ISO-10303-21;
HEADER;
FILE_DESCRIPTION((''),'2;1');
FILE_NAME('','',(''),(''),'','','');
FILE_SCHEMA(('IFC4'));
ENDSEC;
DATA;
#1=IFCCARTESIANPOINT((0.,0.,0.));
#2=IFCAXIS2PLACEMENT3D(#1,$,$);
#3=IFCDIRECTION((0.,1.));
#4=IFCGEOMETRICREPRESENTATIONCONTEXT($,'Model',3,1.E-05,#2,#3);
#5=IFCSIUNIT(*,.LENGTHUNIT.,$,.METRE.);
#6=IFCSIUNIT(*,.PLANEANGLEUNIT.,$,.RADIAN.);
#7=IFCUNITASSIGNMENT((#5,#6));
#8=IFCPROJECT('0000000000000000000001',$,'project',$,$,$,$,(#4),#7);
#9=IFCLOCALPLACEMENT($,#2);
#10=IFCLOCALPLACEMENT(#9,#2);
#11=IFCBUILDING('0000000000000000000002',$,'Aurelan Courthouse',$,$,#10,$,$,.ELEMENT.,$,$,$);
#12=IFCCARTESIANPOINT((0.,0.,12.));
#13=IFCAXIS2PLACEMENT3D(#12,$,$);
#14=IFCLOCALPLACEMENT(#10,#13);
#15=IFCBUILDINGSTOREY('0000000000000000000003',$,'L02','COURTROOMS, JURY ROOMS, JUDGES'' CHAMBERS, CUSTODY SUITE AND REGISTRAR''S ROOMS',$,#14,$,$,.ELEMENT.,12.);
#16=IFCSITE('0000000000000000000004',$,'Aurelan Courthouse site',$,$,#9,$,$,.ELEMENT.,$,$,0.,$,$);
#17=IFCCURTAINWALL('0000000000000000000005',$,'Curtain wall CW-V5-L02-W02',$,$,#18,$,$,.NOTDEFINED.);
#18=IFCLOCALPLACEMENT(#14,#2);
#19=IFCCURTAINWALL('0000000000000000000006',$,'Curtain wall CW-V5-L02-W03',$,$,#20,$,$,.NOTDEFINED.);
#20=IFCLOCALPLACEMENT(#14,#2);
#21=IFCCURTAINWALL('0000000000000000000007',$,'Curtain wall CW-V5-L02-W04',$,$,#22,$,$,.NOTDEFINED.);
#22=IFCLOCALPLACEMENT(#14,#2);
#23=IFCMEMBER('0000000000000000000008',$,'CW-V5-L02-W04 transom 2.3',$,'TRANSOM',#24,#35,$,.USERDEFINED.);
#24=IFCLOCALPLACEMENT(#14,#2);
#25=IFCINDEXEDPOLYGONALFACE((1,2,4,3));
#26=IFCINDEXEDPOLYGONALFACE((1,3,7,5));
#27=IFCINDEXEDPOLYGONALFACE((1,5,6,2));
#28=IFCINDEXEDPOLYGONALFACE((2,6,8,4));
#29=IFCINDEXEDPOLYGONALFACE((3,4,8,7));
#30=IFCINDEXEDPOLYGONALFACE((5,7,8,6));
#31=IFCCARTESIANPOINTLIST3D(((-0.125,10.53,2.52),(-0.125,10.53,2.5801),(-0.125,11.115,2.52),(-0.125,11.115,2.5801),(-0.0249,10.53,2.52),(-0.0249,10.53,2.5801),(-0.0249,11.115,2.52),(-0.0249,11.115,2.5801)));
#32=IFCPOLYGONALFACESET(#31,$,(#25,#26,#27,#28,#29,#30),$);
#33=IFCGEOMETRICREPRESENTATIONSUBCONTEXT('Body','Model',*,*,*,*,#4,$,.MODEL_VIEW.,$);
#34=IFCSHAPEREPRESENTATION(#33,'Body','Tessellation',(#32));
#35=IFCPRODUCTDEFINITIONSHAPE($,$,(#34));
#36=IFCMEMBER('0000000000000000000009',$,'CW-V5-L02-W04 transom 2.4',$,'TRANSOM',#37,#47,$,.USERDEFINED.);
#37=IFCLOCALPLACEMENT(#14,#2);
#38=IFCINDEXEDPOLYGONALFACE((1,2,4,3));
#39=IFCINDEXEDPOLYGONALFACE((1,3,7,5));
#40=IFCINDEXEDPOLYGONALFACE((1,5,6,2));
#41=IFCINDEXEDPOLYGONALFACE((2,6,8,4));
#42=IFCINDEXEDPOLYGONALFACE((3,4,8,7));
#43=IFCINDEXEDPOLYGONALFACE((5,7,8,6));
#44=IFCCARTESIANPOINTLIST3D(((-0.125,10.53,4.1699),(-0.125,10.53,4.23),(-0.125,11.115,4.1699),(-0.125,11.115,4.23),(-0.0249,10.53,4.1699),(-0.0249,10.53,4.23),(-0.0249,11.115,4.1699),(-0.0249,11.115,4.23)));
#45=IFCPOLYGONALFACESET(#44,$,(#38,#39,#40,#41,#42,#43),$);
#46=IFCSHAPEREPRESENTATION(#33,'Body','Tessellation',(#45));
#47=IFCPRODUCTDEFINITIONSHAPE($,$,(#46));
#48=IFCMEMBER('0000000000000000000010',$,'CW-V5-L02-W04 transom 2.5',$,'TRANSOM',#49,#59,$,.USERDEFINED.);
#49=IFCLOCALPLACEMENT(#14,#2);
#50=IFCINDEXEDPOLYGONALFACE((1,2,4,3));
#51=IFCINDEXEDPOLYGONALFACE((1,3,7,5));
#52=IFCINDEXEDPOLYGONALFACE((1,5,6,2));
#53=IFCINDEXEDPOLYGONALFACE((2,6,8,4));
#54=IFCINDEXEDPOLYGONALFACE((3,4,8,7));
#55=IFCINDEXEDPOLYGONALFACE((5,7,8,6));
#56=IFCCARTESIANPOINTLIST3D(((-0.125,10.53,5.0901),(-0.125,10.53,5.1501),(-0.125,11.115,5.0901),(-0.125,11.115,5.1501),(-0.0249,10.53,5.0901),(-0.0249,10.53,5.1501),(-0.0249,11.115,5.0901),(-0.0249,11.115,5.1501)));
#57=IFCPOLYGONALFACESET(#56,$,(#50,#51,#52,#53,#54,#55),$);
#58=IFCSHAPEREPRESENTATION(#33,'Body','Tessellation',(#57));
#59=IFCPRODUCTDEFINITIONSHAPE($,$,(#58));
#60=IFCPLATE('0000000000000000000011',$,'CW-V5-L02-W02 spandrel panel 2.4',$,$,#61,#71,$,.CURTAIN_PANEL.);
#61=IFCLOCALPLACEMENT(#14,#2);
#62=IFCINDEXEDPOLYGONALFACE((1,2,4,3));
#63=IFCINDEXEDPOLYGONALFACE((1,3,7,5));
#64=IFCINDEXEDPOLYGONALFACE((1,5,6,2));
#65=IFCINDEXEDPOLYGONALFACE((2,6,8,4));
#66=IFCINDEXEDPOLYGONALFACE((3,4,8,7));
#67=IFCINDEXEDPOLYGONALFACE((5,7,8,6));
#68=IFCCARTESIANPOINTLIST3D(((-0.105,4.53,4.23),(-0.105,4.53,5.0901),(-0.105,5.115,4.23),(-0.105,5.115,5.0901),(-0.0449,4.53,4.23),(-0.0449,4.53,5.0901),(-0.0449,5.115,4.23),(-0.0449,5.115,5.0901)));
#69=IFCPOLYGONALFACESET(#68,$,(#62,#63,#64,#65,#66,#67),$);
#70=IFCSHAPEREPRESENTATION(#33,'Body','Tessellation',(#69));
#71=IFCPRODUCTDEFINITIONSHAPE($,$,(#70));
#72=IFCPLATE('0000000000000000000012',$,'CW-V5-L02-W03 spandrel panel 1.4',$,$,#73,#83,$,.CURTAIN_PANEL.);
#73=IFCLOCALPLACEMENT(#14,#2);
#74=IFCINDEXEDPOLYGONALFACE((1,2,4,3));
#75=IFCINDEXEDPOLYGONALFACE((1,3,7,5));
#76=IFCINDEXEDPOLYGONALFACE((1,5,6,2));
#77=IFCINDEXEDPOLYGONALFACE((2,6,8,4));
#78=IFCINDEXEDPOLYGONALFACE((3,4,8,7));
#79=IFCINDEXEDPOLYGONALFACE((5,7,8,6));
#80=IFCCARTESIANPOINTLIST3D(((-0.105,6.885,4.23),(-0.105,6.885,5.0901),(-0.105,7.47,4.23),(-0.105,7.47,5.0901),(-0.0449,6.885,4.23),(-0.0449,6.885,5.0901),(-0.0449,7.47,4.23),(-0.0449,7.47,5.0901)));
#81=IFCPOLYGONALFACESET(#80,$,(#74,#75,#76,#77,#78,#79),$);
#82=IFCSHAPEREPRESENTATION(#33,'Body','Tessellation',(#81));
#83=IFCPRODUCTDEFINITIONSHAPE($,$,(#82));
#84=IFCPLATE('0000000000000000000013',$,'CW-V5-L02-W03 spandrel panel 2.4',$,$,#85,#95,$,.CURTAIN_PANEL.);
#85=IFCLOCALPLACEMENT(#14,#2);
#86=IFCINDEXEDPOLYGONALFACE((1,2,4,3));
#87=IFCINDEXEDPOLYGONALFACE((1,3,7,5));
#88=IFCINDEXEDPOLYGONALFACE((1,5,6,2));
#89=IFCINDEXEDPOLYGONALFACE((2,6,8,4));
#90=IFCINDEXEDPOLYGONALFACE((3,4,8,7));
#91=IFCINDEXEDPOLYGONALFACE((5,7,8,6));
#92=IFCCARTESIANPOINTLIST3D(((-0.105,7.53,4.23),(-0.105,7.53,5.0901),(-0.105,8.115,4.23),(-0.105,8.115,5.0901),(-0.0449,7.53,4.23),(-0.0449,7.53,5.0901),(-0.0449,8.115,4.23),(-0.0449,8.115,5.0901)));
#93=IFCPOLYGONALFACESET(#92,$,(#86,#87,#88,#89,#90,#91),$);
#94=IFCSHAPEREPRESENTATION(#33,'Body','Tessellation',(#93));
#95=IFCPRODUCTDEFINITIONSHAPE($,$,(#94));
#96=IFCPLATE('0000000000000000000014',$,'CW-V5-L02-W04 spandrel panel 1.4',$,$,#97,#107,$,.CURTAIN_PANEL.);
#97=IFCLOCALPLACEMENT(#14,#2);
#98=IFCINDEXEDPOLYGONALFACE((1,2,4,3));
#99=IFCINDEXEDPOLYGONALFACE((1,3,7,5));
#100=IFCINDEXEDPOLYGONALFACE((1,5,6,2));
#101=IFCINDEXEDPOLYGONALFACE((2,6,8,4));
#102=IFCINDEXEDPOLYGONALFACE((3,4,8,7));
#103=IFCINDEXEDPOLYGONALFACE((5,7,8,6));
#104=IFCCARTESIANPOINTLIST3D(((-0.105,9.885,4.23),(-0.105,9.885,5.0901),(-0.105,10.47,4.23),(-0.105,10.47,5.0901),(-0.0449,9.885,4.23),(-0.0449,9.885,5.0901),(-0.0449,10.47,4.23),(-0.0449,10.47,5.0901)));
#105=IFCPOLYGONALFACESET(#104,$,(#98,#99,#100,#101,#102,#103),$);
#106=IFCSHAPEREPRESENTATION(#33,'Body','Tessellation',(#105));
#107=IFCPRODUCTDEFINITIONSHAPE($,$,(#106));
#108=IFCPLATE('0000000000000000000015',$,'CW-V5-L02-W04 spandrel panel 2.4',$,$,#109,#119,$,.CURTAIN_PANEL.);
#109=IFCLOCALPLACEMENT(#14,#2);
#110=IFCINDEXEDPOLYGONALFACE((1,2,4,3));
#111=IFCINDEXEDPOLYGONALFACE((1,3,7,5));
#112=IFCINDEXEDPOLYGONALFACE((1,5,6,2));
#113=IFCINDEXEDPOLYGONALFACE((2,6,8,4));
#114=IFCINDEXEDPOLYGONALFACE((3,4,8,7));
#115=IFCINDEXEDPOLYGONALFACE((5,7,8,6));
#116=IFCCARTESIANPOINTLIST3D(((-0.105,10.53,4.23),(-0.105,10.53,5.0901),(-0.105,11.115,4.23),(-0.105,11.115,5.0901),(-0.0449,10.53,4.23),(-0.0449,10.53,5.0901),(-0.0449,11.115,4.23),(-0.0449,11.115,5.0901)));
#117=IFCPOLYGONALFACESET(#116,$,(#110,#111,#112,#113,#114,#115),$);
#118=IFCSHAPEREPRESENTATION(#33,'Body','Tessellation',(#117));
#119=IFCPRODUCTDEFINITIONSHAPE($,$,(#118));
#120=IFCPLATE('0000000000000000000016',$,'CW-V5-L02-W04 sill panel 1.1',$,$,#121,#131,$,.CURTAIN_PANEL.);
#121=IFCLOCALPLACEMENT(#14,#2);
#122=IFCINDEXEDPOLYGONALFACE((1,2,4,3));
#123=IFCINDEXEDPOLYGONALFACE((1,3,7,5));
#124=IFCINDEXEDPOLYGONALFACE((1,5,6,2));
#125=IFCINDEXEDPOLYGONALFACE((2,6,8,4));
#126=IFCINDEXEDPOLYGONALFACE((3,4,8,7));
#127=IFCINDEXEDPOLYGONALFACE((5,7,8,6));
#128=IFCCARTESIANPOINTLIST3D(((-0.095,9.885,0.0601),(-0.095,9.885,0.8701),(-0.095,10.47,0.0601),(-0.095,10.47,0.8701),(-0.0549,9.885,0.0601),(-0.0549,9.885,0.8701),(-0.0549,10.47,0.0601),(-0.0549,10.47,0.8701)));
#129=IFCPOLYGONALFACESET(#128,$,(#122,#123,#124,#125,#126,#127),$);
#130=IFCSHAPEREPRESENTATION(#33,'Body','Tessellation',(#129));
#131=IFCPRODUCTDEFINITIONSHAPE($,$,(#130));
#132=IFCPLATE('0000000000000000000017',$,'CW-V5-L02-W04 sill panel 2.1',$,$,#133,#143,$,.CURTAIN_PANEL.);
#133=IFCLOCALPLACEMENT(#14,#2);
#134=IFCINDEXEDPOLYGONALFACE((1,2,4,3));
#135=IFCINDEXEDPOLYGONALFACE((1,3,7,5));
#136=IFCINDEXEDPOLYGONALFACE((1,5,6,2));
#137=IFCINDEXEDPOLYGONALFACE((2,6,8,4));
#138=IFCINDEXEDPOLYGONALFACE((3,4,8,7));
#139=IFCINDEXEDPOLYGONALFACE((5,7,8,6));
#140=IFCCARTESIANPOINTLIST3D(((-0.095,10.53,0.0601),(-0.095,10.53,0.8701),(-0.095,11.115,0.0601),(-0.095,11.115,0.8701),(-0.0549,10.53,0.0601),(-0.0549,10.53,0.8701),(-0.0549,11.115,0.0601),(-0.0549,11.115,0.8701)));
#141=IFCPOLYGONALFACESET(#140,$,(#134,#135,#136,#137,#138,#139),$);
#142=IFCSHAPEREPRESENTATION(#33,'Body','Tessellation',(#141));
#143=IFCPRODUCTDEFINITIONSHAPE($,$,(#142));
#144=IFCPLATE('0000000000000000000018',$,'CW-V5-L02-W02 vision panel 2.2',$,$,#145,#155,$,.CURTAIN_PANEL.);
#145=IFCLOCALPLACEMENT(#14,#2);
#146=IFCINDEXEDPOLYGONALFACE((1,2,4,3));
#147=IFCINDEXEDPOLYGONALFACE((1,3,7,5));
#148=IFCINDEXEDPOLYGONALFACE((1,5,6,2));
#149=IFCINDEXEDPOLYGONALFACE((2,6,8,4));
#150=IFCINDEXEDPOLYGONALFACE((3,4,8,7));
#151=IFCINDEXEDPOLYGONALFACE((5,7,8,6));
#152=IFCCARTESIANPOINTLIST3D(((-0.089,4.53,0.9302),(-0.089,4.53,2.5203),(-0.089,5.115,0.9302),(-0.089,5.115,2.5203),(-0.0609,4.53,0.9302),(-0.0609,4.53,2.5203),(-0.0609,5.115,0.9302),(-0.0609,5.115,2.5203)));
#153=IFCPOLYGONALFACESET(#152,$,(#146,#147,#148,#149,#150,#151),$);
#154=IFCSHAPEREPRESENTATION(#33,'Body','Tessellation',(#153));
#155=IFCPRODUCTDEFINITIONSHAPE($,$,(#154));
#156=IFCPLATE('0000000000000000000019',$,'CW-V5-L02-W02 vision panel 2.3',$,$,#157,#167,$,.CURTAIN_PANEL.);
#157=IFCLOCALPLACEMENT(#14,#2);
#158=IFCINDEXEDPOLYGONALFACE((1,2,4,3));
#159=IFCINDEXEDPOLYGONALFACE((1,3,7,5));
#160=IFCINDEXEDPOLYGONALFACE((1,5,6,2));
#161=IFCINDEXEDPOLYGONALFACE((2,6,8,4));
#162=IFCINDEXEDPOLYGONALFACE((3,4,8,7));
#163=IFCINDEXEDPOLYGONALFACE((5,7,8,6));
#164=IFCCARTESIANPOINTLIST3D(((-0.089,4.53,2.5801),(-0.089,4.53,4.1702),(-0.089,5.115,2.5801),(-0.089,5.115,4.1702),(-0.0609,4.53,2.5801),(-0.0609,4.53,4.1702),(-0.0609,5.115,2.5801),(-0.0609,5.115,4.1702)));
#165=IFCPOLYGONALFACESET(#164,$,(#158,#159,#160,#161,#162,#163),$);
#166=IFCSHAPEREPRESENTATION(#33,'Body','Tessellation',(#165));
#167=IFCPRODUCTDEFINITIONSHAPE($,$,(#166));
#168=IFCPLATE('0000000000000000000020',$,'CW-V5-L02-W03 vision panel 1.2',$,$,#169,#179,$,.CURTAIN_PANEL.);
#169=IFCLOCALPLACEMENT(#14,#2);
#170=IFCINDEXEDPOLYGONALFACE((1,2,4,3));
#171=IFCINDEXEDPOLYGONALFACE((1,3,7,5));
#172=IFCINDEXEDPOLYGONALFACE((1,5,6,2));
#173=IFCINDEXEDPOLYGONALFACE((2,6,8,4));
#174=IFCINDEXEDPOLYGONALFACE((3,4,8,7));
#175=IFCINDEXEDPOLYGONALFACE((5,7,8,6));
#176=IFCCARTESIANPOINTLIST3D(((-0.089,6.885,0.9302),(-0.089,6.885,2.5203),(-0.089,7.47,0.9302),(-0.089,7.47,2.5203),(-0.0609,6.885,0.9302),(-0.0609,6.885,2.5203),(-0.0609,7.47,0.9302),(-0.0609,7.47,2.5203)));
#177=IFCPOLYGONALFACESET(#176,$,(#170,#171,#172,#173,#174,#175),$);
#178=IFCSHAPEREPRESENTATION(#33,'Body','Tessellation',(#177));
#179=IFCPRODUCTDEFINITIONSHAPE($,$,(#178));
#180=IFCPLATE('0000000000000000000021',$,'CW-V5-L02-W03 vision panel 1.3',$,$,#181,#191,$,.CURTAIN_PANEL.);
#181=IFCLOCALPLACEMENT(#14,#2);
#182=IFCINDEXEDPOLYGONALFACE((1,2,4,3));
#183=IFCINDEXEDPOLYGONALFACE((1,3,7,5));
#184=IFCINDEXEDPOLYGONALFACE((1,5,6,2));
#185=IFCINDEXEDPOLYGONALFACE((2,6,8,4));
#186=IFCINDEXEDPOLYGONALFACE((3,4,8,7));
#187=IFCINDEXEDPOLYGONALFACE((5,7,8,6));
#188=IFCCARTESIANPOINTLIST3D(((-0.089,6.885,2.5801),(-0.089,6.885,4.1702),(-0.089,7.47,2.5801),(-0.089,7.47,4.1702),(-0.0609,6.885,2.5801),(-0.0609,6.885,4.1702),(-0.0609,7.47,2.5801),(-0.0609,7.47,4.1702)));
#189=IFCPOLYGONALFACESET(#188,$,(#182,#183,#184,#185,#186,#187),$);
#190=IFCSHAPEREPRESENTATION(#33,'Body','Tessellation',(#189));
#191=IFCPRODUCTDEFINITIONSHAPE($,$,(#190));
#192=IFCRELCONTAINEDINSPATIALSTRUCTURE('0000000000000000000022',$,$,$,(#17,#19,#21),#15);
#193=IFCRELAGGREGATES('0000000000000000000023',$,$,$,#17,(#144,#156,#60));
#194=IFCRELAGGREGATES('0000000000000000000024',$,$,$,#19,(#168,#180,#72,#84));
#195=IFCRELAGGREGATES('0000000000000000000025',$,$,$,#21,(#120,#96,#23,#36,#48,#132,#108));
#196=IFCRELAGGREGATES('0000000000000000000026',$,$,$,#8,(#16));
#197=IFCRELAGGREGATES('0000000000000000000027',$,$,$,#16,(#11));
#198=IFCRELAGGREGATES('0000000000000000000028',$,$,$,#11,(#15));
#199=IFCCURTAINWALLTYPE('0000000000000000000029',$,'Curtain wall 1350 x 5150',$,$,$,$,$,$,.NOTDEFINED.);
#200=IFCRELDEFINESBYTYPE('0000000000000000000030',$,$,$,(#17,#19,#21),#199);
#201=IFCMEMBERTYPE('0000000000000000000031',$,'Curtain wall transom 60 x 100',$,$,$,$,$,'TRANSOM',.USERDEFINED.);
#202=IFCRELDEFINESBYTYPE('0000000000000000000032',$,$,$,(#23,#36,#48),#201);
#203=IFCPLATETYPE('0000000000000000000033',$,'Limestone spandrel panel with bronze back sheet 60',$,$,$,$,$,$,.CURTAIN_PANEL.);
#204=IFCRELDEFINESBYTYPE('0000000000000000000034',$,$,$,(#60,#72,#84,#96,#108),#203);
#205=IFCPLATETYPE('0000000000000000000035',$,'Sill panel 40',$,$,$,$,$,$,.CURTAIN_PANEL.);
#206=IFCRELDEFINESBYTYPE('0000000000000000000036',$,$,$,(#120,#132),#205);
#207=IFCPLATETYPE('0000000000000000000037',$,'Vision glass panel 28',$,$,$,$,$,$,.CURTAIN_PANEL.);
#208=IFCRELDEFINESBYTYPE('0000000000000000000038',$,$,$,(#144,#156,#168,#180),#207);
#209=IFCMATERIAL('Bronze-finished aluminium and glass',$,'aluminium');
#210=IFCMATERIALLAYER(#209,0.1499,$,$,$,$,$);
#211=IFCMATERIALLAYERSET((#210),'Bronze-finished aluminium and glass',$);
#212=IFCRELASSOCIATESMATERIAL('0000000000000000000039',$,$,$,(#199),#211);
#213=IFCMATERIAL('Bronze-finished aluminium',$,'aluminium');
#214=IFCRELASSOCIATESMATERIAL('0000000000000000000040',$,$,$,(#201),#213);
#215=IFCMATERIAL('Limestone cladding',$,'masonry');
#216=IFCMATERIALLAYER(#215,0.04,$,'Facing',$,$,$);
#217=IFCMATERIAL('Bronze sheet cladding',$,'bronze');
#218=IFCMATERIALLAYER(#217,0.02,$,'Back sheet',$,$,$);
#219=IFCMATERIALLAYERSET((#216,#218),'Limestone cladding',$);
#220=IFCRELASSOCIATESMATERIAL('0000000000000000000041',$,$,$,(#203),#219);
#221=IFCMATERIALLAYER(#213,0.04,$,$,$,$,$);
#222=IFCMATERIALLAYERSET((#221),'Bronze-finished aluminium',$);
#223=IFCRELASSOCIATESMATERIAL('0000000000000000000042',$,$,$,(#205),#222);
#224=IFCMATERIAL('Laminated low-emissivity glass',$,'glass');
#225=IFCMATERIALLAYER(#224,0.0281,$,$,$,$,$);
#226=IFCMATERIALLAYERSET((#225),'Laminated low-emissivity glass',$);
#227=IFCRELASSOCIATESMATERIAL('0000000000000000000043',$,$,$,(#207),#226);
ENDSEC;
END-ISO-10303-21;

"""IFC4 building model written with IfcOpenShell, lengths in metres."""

from ifc_helpers import new_model, si_unit, direction, frame, origin, origin_2d, place, context, subcontext, project, spatial, rectangle, extrude, material, layer, layer_set, material_profile, profile_set, type_object, element, aggregate, save


model = new_model("IFC4")

# Units and contexts
model_context = context("Model", 3, precision=1e-05, world=origin(), true_north=direction((0.0, 1.0)))
body_context = subcontext(model_context, "Body", "Model", "MODEL_VIEW")
ifc_project = project(units=[si_unit("LENGTHUNIT", "METRE"), si_unit("PLANEANGLEUNIT", "RADIAN")], contexts=[model_context])

# Site, building, storey
site_placement = place(None, origin())
site = spatial("IfcSite", under=ifc_project, at=site_placement, Name="Aurelan Courthouse site", CompositionType="ELEMENT", RefElevation=0.0)
building_placement = place(site_placement, origin())
building = spatial("IfcBuilding", under=site, at=building_placement, Name="Aurelan Courthouse", CompositionType="ELEMENT")
storey_placement = place(building_placement, frame((0.0, 0.0, 12.0)))
storey = spatial("IfcBuildingStorey", under=building, at=storey_placement, Name="L02", Description="COURTROOMS, JURY ROOMS, JUDGES' CHAMBERS, CUSTODY SUITE AND REGISTRAR'S ROOMS", CompositionType="ELEMENT", Elevation=12.0)

# Curtain walls, members
ifc_material_1 = material(Name="Bronze-finished aluminium and glass", Category="aluminium")
ifc_layer_1 = layer(ifc_material_1, 0.1499)
ifc_layer_set_1 = layer_set([ifc_layer_1], Name="Bronze-finished aluminium and glass")
curtain_wall_type = type_object("IfcCurtainWallType", Name="Curtain wall 1350 x 5150", PredefinedType="NOTDEFINED", material=ifc_layer_set_1)
curtain_wall_1_placement = place(storey_placement, origin())
curtain_wall_1 = element("IfcCurtainWall", 1, at=curtain_wall_1_placement, inside=storey, type_object=curtain_wall_type, Name="Curtain wall CW-V5-L02-W02", PredefinedType="NOTDEFINED")
ifc_material_2 = material(Name="Bronze-finished aluminium", Category="aluminium")
ifc_material_profile = material_profile(ifc_material_2, rectangle(XDim=0.1001, YDim=0.0601, at=origin_2d()), Name="Bronze transom 60 x 100")
ifc_profile_set = profile_set([ifc_material_profile], Name="Bronze-finished aluminium")
member_type = type_object("IfcMemberType", Name="Curtain wall transom 60 x 100", ElementType="TRANSOM", PredefinedType="USERDEFINED", material=ifc_profile_set)
curtain_wall_2_placement = place(storey_placement, origin())
curtain_wall_2 = element("IfcCurtainWall", 2, at=curtain_wall_2_placement, inside=storey, type_object=curtain_wall_type, Name="Curtain wall CW-V5-L02-W03", PredefinedType="NOTDEFINED")
curtain_wall_3_placement = place(storey_placement, origin())
curtain_wall_3 = element("IfcCurtainWall", 3, at=curtain_wall_3_placement, inside=storey, type_object=curtain_wall_type, Name="Curtain wall CW-V5-L02-W04", PredefinedType="NOTDEFINED")
member_1_placement = place(storey_placement, frame((-0.075, 10.53, 2.55), z_axis=(0.0, 1.0, 0.0), x_axis=(-1.0, 0.0, 0.0)))
member_1 = element("IfcMember", 4, at=member_1_placement, type_object=member_type, Name="CW-V5-L02-W04 transom 2.3", ObjectType="TRANSOM", PredefinedType="USERDEFINED", context=body_context, shape_type="SweptSolid", body=[
    extrude(rectangle(XDim=0.1001, YDim=0.0601, at=origin_2d()), origin(), (0.0, 0.0, 1.0), 0.585),
])
member_2_placement = place(storey_placement, frame((-0.075, 10.53, 4.2), z_axis=(0.0, 1.0, 0.0), x_axis=(-1.0, 0.0, 0.0)))
member_2 = element("IfcMember", 5, at=member_2_placement, type_object=member_type, Name="CW-V5-L02-W04 transom 2.4", ObjectType="TRANSOM", PredefinedType="USERDEFINED", context=body_context, shape_type="SweptSolid", body=[
    extrude(rectangle(XDim=0.1001, YDim=0.0601, at=origin_2d()), origin(), (0.0, 0.0, 1.0), 0.585),
])
member_3_placement = place(storey_placement, frame((-0.075, 10.53, 5.1201), z_axis=(0.0, 1.0, 0.0), x_axis=(-1.0, 0.0, 0.0)))
member_3 = element("IfcMember", 6, at=member_3_placement, type_object=member_type, Name="CW-V5-L02-W04 transom 2.5", ObjectType="TRANSOM", PredefinedType="USERDEFINED", context=body_context, shape_type="SweptSolid", body=[
    extrude(rectangle(XDim=0.1001, YDim=0.0601, at=origin_2d()), origin(), (0.0, 0.0, 1.0), 0.585),
])

# Plates
ifc_material_3 = material(Name="Limestone cladding", Category="masonry")
ifc_layer_2 = layer(ifc_material_3, 0.04, Name="Facing")
ifc_material_4 = material(Name="Bronze sheet cladding", Category="bronze")
ifc_layer_3 = layer(ifc_material_4, 0.02, Name="Back sheet")
ifc_layer_set_2 = layer_set([ifc_layer_2, ifc_layer_3], Name="Limestone cladding")
plate_type_1 = type_object("IfcPlateType", Name="Limestone spandrel panel with bronze back sheet 60", PredefinedType="CURTAIN_PANEL", material=ifc_layer_set_2)
plate_1_placement = place(storey_placement, frame((-0.075, 4.8225, 4.23), z_axis=(0.0, 0.0, 1.0), x_axis=(0.0, 1.0, 0.0)))
plate_1 = element("IfcPlate", 7, at=plate_1_placement, type_object=plate_type_1, Name="CW-V5-L02-W02 spandrel panel 2.4", PredefinedType="CURTAIN_PANEL", context=body_context, shape_type="SweptSolid", body=[
    extrude(rectangle(XDim=0.585, YDim=0.0601, at=origin_2d()), origin(), (0.0, 0.0, 1.0), 0.8601),
])
plate_2_placement = place(storey_placement, frame((-0.075, 7.1775, 4.23), z_axis=(0.0, 0.0, 1.0), x_axis=(0.0, 1.0, 0.0)))
plate_2 = element("IfcPlate", 8, at=plate_2_placement, type_object=plate_type_1, Name="CW-V5-L02-W03 spandrel panel 1.4", PredefinedType="CURTAIN_PANEL", context=body_context, shape_type="SweptSolid", body=[
    extrude(rectangle(XDim=0.585, YDim=0.0601, at=origin_2d()), origin(), (0.0, 0.0, 1.0), 0.8601),
])
plate_3_placement = place(storey_placement, frame((-0.075, 7.8225, 4.23), z_axis=(0.0, 0.0, 1.0), x_axis=(0.0, 1.0, 0.0)))
plate_3 = element("IfcPlate", 9, at=plate_3_placement, type_object=plate_type_1, Name="CW-V5-L02-W03 spandrel panel 2.4", PredefinedType="CURTAIN_PANEL", context=body_context, shape_type="SweptSolid", body=[
    extrude(rectangle(XDim=0.585, YDim=0.0601, at=origin_2d()), origin(), (0.0, 0.0, 1.0), 0.8601),
])
plate_4_placement = place(storey_placement, frame((-0.075, 10.1775, 4.23), z_axis=(0.0, 0.0, 1.0), x_axis=(0.0, 1.0, 0.0)))
plate_4 = element("IfcPlate", 10, at=plate_4_placement, type_object=plate_type_1, Name="CW-V5-L02-W04 spandrel panel 1.4", PredefinedType="CURTAIN_PANEL", context=body_context, shape_type="SweptSolid", body=[
    extrude(rectangle(XDim=0.585, YDim=0.0601, at=origin_2d()), origin(), (0.0, 0.0, 1.0), 0.8601),
])
plate_5_placement = place(storey_placement, frame((-0.075, 10.8225, 4.23), z_axis=(0.0, 0.0, 1.0), x_axis=(0.0, 1.0, 0.0)))
plate_5 = element("IfcPlate", 11, at=plate_5_placement, type_object=plate_type_1, Name="CW-V5-L02-W04 spandrel panel 2.4", PredefinedType="CURTAIN_PANEL", context=body_context, shape_type="SweptSolid", body=[
    extrude(rectangle(XDim=0.585, YDim=0.0601, at=origin_2d()), origin(), (0.0, 0.0, 1.0), 0.8601),
])
ifc_layer_4 = layer(ifc_material_2, 0.04)
ifc_layer_set_3 = layer_set([ifc_layer_4], Name="Bronze-finished aluminium")
plate_type_2 = type_object("IfcPlateType", Name="Sill panel 40", PredefinedType="CURTAIN_PANEL", material=ifc_layer_set_3)
plate_6_placement = place(storey_placement, frame((-0.075, 10.1775, 0.0601), z_axis=(0.0, 0.0, 1.0), x_axis=(0.0, 1.0, 0.0)))
plate_6 = element("IfcPlate", 12, at=plate_6_placement, type_object=plate_type_2, Name="CW-V5-L02-W04 sill panel 1.1", PredefinedType="CURTAIN_PANEL", context=body_context, shape_type="SweptSolid", body=[
    extrude(rectangle(XDim=0.585, YDim=0.04, at=origin_2d()), origin(), (0.0, 0.0, 1.0), 0.8101),
])
plate_7_placement = place(storey_placement, frame((-0.075, 10.8225, 0.0601), z_axis=(0.0, 0.0, 1.0), x_axis=(0.0, 1.0, 0.0)))
plate_7 = element("IfcPlate", 13, at=plate_7_placement, type_object=plate_type_2, Name="CW-V5-L02-W04 sill panel 2.1", PredefinedType="CURTAIN_PANEL", context=body_context, shape_type="SweptSolid", body=[
    extrude(rectangle(XDim=0.585, YDim=0.04, at=origin_2d()), origin(), (0.0, 0.0, 1.0), 0.8101),
])
ifc_material_5 = material(Name="Laminated low-emissivity glass", Category="glass")
ifc_layer_5 = layer(ifc_material_5, 0.0281)
ifc_layer_set_4 = layer_set([ifc_layer_5], Name="Laminated low-emissivity glass")
plate_type_3 = type_object("IfcPlateType", Name="Vision glass panel 28", PredefinedType="CURTAIN_PANEL", material=ifc_layer_set_4)
plate_8_placement = place(storey_placement, frame((-0.075, 4.8225, 0.9302), z_axis=(0.0, 0.0, 1.0), x_axis=(0.0, 1.0, 0.0)))
plate_8 = element("IfcPlate", 14, at=plate_8_placement, type_object=plate_type_3, Name="CW-V5-L02-W02 vision panel 2.2", PredefinedType="CURTAIN_PANEL", context=body_context, shape_type="SweptSolid", body=[
    extrude(rectangle(XDim=0.585, YDim=0.0281, at=origin_2d()), origin(), (0.0, 0.0, 1.0), 1.5901),
])
plate_9_placement = place(storey_placement, frame((-0.075, 4.8225, 2.5801), z_axis=(0.0, 0.0, 1.0), x_axis=(0.0, 1.0, 0.0)))
plate_9 = element("IfcPlate", 15, at=plate_9_placement, type_object=plate_type_3, Name="CW-V5-L02-W02 vision panel 2.3", PredefinedType="CURTAIN_PANEL", context=body_context, shape_type="SweptSolid", body=[
    extrude(rectangle(XDim=0.585, YDim=0.0281, at=origin_2d()), origin(), (0.0, 0.0, 1.0), 1.5901),
])
aggregate(curtain_wall_1, [plate_8, plate_9, plate_1])
plate_10_placement = place(storey_placement, frame((-0.075, 7.1775, 0.9302), z_axis=(0.0, 0.0, 1.0), x_axis=(0.0, 1.0, 0.0)))
plate_10 = element("IfcPlate", 16, at=plate_10_placement, type_object=plate_type_3, Name="CW-V5-L02-W03 vision panel 1.2", PredefinedType="CURTAIN_PANEL", context=body_context, shape_type="SweptSolid", body=[
    extrude(rectangle(XDim=0.585, YDim=0.0281, at=origin_2d()), origin(), (0.0, 0.0, 1.0), 1.5901),
])
plate_11_placement = place(storey_placement, frame((-0.075, 7.1775, 2.5801), z_axis=(0.0, 0.0, 1.0), x_axis=(0.0, 1.0, 0.0)))
plate_11 = element("IfcPlate", 17, at=plate_11_placement, type_object=plate_type_3, Name="CW-V5-L02-W03 vision panel 1.3", PredefinedType="CURTAIN_PANEL", context=body_context, shape_type="SweptSolid", body=[
    extrude(rectangle(XDim=0.585, YDim=0.0281, at=origin_2d()), origin(), (0.0, 0.0, 1.0), 1.5901),
])
aggregate(curtain_wall_2, [plate_10, plate_11, plate_2, plate_3])
aggregate(curtain_wall_3, [plate_6, plate_4, member_1, member_2, member_3, plate_7, plate_5])

save(model, "model.ifc")
